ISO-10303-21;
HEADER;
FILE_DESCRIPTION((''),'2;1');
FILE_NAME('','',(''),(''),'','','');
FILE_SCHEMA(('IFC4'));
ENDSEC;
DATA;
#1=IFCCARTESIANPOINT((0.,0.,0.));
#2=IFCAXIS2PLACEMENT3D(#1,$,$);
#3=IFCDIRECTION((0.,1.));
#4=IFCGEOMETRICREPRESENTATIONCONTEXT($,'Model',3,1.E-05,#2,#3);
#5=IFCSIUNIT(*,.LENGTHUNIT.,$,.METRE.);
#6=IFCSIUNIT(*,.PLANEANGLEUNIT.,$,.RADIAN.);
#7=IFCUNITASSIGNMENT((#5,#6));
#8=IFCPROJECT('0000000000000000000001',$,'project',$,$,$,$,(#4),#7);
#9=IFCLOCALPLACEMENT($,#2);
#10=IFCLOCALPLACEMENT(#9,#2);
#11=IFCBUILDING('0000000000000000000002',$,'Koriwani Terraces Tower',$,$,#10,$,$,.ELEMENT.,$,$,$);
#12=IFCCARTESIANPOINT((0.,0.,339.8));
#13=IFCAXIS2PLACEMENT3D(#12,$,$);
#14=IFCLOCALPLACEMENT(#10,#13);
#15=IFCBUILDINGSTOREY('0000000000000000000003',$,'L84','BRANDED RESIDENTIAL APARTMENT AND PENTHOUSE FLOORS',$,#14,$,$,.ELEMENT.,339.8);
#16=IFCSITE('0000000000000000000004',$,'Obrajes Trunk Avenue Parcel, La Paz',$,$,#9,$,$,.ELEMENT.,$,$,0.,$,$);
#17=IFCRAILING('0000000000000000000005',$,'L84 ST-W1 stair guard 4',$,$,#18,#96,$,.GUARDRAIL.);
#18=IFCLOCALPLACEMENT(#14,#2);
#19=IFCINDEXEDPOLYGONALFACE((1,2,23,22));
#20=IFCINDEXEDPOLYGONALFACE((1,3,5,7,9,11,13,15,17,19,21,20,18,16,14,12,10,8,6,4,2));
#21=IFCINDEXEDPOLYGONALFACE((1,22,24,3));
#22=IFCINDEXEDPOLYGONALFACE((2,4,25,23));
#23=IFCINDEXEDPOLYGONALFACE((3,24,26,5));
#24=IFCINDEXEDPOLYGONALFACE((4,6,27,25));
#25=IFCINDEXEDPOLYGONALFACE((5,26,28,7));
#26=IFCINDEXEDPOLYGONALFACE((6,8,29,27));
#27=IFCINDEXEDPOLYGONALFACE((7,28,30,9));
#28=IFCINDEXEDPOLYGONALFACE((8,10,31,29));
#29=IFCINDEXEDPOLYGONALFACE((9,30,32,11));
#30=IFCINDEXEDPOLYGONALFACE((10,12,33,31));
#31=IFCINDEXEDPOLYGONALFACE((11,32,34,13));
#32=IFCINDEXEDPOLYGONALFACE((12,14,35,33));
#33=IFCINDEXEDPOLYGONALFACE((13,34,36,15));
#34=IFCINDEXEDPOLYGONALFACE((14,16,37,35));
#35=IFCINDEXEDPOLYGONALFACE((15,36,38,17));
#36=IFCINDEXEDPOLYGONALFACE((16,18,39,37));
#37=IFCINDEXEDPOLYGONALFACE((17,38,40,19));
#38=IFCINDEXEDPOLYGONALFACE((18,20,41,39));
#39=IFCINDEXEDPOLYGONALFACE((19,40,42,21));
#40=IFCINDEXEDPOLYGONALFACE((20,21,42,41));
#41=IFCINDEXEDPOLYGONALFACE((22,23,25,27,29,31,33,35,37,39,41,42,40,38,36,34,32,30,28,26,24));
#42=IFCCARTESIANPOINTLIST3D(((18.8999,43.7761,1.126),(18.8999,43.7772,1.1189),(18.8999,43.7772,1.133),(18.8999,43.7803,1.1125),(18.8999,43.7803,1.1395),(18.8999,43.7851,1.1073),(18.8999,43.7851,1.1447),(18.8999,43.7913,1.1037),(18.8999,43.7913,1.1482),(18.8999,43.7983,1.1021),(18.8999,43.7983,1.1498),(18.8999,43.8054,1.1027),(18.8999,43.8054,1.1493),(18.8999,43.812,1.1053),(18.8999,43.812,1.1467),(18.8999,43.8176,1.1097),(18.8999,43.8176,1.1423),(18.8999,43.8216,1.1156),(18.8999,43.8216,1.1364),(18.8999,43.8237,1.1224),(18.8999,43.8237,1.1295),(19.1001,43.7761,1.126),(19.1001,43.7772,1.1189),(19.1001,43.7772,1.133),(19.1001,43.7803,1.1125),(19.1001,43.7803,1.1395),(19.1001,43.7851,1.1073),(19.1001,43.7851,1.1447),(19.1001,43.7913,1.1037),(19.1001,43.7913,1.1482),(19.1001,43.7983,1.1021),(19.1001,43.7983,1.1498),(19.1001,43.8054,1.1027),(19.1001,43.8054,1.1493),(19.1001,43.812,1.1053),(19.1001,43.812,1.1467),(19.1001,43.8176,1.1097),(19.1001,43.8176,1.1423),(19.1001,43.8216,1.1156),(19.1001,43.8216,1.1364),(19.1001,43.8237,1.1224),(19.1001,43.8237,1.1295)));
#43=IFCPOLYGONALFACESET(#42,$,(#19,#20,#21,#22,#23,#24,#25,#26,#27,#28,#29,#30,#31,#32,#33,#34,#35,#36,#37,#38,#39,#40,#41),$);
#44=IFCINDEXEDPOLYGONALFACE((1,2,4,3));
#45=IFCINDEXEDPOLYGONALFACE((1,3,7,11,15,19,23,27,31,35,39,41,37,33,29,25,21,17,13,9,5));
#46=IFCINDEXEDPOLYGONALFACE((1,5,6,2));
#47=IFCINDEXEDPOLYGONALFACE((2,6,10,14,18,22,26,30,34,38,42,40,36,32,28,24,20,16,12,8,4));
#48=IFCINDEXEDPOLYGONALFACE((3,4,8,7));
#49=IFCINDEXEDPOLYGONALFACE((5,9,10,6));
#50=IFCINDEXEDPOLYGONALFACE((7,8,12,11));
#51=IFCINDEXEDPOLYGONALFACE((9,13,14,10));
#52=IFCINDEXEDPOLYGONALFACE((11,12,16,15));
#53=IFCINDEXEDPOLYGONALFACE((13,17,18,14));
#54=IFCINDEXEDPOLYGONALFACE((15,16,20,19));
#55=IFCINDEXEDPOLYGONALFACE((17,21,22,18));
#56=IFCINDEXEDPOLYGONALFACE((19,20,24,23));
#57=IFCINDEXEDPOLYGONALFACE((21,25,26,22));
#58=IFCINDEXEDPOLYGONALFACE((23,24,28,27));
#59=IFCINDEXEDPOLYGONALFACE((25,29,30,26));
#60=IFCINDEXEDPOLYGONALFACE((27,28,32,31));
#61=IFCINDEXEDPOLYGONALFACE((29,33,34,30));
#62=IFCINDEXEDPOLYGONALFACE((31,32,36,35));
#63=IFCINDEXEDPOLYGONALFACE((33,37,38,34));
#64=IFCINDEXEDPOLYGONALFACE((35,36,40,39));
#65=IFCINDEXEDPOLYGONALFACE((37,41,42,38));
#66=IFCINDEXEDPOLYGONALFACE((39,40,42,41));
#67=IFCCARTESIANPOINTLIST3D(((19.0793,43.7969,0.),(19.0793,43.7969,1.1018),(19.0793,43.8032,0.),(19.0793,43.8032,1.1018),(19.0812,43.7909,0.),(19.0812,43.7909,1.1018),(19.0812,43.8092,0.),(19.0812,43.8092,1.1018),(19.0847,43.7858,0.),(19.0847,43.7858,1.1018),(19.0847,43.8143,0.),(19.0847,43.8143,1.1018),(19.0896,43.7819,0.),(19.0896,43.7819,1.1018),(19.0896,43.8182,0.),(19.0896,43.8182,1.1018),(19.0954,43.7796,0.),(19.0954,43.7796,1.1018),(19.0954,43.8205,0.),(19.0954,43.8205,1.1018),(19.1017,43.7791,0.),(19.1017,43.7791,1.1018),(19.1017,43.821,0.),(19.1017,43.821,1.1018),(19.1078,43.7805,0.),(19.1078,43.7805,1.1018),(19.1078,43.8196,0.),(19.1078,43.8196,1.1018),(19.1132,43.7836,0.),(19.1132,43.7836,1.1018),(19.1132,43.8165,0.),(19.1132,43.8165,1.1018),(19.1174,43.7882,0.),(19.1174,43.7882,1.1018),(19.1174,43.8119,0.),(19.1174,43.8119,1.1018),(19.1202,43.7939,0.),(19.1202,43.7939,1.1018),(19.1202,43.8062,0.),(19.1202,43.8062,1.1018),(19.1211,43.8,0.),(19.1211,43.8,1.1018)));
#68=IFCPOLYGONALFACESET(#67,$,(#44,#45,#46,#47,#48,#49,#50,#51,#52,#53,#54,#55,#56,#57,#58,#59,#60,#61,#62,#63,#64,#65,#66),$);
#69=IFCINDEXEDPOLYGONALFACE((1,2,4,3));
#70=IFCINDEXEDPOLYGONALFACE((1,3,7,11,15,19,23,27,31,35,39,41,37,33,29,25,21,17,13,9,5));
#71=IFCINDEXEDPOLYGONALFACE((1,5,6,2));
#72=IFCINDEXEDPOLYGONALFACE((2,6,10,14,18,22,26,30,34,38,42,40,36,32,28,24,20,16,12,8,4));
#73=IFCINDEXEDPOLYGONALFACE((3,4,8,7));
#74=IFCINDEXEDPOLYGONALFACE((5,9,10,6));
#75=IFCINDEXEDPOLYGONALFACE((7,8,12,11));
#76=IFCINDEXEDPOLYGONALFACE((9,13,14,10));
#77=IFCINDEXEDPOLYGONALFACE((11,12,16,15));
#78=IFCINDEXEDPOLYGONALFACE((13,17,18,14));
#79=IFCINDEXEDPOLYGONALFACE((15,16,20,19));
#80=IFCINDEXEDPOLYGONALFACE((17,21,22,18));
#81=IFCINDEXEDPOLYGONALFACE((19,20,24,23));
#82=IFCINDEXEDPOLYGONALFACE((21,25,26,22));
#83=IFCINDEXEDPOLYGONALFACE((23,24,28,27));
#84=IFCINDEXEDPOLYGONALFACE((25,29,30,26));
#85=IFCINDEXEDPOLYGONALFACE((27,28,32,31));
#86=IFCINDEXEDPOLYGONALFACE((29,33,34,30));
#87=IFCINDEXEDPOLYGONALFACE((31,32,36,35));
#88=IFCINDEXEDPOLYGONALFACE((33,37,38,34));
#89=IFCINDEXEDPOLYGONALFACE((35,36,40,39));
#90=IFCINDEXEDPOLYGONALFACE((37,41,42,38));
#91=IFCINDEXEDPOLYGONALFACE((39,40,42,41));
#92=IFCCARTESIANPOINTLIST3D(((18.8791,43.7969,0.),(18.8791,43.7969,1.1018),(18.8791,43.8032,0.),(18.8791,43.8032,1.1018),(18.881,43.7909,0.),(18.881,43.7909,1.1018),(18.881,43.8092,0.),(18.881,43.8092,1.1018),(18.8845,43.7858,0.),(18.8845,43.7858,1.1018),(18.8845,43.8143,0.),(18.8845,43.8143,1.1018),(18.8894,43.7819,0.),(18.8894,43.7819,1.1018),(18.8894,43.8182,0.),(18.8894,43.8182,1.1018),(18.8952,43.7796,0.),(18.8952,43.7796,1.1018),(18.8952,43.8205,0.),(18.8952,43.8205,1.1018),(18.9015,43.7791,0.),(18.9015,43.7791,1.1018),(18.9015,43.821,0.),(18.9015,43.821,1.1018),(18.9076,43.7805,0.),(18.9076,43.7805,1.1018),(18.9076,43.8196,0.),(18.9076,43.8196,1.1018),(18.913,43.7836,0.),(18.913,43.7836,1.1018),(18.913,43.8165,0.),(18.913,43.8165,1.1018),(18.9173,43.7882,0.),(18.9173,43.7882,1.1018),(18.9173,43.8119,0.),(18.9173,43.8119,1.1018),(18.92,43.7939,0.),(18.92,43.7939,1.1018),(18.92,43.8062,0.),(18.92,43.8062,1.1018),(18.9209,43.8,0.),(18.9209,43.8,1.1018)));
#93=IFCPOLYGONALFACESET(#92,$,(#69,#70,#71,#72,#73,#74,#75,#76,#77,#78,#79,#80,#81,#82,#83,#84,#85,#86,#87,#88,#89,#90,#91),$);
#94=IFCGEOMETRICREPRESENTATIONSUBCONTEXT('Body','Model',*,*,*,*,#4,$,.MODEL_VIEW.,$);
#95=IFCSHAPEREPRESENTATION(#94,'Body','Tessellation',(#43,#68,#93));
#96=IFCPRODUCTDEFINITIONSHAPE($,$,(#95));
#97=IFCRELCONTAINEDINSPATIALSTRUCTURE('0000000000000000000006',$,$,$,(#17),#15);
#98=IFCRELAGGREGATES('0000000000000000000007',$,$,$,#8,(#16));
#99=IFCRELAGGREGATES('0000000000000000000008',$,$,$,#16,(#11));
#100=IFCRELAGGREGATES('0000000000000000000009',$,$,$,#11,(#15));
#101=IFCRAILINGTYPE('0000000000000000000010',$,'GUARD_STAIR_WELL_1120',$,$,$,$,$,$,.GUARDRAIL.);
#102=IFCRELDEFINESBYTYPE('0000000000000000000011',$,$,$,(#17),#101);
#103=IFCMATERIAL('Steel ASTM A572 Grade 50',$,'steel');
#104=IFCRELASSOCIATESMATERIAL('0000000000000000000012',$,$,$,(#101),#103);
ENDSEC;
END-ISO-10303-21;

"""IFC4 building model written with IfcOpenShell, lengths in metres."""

from ifc_helpers import new_model, si_unit, direction, frame, origin, origin_2d, place, context, subcontext, project, spatial, circle, extrude, material, type_object, element, save


model = new_model("IFC4")

# Units and contexts
model_context = context("Model", 3, precision=1e-05, world=origin(), true_north=direction((0.0, 1.0)))
body_context = subcontext(model_context, "Body", "Model", "MODEL_VIEW")
ifc_project = project(units=[si_unit("LENGTHUNIT", "METRE"), si_unit("PLANEANGLEUNIT", "RADIAN")], contexts=[model_context])

# Site, building, storey
site_placement = place(None, origin())
site = spatial("IfcSite", under=ifc_project, at=site_placement, Name="Obrajes Trunk Avenue Parcel, La Paz", CompositionType="ELEMENT", RefElevation=0.0)
building_placement = place(site_placement, origin())
building = spatial("IfcBuilding", under=site, at=building_placement, Name="Koriwani Terraces Tower", CompositionType="ELEMENT")
storey_placement = place(building_placement, frame((0.0, 0.0, 339.8)))
storey = spatial("IfcBuildingStorey", under=building, at=storey_placement, Name="L84", Description="BRANDED RESIDENTIAL APARTMENT AND PENTHOUSE FLOORS", CompositionType="ELEMENT", Elevation=339.8)

# Shared definitions
ifc_material_1 = material(Name="Steel ASTM A572 Grade 50", Category="steel")

# Railing
railing_type_1 = type_object("IfcRailingType", Name="GUARD_STAIR_WELL_1120", PredefinedType="GUARDRAIL", material=ifc_material_1)
railing_1_placement = place(storey_placement, frame((19.1001, 43.8, 0.0)))
element("IfcRailing", 1, at=railing_1_placement, inside=storey, type_object=railing_type_1, Name="L84 ST-W1 stair guard 4", PredefinedType="GUARDRAIL", context=body_context, shape_type="SweptSolid", body=[
    extrude(circle(Radius=0.0239, at=origin_2d()), frame((0.0, 0.0, 1.126), z_axis=(-1.0, 0.0, 0.0), x_axis=(0.0, -1.0, 0.0)), (0.0, 0.0, 1.0), 0.2002),
    extrude(circle(Radius=0.021, at=origin_2d()), origin(), (0.0, 0.0, 1.0), 1.1018),
    extrude(circle(Radius=0.021, at=origin_2d()), frame((-0.2002, 0.0, 0.0)), (0.0, 0.0, 1.0), 1.1018),
])

save(model, "model.ifc")
